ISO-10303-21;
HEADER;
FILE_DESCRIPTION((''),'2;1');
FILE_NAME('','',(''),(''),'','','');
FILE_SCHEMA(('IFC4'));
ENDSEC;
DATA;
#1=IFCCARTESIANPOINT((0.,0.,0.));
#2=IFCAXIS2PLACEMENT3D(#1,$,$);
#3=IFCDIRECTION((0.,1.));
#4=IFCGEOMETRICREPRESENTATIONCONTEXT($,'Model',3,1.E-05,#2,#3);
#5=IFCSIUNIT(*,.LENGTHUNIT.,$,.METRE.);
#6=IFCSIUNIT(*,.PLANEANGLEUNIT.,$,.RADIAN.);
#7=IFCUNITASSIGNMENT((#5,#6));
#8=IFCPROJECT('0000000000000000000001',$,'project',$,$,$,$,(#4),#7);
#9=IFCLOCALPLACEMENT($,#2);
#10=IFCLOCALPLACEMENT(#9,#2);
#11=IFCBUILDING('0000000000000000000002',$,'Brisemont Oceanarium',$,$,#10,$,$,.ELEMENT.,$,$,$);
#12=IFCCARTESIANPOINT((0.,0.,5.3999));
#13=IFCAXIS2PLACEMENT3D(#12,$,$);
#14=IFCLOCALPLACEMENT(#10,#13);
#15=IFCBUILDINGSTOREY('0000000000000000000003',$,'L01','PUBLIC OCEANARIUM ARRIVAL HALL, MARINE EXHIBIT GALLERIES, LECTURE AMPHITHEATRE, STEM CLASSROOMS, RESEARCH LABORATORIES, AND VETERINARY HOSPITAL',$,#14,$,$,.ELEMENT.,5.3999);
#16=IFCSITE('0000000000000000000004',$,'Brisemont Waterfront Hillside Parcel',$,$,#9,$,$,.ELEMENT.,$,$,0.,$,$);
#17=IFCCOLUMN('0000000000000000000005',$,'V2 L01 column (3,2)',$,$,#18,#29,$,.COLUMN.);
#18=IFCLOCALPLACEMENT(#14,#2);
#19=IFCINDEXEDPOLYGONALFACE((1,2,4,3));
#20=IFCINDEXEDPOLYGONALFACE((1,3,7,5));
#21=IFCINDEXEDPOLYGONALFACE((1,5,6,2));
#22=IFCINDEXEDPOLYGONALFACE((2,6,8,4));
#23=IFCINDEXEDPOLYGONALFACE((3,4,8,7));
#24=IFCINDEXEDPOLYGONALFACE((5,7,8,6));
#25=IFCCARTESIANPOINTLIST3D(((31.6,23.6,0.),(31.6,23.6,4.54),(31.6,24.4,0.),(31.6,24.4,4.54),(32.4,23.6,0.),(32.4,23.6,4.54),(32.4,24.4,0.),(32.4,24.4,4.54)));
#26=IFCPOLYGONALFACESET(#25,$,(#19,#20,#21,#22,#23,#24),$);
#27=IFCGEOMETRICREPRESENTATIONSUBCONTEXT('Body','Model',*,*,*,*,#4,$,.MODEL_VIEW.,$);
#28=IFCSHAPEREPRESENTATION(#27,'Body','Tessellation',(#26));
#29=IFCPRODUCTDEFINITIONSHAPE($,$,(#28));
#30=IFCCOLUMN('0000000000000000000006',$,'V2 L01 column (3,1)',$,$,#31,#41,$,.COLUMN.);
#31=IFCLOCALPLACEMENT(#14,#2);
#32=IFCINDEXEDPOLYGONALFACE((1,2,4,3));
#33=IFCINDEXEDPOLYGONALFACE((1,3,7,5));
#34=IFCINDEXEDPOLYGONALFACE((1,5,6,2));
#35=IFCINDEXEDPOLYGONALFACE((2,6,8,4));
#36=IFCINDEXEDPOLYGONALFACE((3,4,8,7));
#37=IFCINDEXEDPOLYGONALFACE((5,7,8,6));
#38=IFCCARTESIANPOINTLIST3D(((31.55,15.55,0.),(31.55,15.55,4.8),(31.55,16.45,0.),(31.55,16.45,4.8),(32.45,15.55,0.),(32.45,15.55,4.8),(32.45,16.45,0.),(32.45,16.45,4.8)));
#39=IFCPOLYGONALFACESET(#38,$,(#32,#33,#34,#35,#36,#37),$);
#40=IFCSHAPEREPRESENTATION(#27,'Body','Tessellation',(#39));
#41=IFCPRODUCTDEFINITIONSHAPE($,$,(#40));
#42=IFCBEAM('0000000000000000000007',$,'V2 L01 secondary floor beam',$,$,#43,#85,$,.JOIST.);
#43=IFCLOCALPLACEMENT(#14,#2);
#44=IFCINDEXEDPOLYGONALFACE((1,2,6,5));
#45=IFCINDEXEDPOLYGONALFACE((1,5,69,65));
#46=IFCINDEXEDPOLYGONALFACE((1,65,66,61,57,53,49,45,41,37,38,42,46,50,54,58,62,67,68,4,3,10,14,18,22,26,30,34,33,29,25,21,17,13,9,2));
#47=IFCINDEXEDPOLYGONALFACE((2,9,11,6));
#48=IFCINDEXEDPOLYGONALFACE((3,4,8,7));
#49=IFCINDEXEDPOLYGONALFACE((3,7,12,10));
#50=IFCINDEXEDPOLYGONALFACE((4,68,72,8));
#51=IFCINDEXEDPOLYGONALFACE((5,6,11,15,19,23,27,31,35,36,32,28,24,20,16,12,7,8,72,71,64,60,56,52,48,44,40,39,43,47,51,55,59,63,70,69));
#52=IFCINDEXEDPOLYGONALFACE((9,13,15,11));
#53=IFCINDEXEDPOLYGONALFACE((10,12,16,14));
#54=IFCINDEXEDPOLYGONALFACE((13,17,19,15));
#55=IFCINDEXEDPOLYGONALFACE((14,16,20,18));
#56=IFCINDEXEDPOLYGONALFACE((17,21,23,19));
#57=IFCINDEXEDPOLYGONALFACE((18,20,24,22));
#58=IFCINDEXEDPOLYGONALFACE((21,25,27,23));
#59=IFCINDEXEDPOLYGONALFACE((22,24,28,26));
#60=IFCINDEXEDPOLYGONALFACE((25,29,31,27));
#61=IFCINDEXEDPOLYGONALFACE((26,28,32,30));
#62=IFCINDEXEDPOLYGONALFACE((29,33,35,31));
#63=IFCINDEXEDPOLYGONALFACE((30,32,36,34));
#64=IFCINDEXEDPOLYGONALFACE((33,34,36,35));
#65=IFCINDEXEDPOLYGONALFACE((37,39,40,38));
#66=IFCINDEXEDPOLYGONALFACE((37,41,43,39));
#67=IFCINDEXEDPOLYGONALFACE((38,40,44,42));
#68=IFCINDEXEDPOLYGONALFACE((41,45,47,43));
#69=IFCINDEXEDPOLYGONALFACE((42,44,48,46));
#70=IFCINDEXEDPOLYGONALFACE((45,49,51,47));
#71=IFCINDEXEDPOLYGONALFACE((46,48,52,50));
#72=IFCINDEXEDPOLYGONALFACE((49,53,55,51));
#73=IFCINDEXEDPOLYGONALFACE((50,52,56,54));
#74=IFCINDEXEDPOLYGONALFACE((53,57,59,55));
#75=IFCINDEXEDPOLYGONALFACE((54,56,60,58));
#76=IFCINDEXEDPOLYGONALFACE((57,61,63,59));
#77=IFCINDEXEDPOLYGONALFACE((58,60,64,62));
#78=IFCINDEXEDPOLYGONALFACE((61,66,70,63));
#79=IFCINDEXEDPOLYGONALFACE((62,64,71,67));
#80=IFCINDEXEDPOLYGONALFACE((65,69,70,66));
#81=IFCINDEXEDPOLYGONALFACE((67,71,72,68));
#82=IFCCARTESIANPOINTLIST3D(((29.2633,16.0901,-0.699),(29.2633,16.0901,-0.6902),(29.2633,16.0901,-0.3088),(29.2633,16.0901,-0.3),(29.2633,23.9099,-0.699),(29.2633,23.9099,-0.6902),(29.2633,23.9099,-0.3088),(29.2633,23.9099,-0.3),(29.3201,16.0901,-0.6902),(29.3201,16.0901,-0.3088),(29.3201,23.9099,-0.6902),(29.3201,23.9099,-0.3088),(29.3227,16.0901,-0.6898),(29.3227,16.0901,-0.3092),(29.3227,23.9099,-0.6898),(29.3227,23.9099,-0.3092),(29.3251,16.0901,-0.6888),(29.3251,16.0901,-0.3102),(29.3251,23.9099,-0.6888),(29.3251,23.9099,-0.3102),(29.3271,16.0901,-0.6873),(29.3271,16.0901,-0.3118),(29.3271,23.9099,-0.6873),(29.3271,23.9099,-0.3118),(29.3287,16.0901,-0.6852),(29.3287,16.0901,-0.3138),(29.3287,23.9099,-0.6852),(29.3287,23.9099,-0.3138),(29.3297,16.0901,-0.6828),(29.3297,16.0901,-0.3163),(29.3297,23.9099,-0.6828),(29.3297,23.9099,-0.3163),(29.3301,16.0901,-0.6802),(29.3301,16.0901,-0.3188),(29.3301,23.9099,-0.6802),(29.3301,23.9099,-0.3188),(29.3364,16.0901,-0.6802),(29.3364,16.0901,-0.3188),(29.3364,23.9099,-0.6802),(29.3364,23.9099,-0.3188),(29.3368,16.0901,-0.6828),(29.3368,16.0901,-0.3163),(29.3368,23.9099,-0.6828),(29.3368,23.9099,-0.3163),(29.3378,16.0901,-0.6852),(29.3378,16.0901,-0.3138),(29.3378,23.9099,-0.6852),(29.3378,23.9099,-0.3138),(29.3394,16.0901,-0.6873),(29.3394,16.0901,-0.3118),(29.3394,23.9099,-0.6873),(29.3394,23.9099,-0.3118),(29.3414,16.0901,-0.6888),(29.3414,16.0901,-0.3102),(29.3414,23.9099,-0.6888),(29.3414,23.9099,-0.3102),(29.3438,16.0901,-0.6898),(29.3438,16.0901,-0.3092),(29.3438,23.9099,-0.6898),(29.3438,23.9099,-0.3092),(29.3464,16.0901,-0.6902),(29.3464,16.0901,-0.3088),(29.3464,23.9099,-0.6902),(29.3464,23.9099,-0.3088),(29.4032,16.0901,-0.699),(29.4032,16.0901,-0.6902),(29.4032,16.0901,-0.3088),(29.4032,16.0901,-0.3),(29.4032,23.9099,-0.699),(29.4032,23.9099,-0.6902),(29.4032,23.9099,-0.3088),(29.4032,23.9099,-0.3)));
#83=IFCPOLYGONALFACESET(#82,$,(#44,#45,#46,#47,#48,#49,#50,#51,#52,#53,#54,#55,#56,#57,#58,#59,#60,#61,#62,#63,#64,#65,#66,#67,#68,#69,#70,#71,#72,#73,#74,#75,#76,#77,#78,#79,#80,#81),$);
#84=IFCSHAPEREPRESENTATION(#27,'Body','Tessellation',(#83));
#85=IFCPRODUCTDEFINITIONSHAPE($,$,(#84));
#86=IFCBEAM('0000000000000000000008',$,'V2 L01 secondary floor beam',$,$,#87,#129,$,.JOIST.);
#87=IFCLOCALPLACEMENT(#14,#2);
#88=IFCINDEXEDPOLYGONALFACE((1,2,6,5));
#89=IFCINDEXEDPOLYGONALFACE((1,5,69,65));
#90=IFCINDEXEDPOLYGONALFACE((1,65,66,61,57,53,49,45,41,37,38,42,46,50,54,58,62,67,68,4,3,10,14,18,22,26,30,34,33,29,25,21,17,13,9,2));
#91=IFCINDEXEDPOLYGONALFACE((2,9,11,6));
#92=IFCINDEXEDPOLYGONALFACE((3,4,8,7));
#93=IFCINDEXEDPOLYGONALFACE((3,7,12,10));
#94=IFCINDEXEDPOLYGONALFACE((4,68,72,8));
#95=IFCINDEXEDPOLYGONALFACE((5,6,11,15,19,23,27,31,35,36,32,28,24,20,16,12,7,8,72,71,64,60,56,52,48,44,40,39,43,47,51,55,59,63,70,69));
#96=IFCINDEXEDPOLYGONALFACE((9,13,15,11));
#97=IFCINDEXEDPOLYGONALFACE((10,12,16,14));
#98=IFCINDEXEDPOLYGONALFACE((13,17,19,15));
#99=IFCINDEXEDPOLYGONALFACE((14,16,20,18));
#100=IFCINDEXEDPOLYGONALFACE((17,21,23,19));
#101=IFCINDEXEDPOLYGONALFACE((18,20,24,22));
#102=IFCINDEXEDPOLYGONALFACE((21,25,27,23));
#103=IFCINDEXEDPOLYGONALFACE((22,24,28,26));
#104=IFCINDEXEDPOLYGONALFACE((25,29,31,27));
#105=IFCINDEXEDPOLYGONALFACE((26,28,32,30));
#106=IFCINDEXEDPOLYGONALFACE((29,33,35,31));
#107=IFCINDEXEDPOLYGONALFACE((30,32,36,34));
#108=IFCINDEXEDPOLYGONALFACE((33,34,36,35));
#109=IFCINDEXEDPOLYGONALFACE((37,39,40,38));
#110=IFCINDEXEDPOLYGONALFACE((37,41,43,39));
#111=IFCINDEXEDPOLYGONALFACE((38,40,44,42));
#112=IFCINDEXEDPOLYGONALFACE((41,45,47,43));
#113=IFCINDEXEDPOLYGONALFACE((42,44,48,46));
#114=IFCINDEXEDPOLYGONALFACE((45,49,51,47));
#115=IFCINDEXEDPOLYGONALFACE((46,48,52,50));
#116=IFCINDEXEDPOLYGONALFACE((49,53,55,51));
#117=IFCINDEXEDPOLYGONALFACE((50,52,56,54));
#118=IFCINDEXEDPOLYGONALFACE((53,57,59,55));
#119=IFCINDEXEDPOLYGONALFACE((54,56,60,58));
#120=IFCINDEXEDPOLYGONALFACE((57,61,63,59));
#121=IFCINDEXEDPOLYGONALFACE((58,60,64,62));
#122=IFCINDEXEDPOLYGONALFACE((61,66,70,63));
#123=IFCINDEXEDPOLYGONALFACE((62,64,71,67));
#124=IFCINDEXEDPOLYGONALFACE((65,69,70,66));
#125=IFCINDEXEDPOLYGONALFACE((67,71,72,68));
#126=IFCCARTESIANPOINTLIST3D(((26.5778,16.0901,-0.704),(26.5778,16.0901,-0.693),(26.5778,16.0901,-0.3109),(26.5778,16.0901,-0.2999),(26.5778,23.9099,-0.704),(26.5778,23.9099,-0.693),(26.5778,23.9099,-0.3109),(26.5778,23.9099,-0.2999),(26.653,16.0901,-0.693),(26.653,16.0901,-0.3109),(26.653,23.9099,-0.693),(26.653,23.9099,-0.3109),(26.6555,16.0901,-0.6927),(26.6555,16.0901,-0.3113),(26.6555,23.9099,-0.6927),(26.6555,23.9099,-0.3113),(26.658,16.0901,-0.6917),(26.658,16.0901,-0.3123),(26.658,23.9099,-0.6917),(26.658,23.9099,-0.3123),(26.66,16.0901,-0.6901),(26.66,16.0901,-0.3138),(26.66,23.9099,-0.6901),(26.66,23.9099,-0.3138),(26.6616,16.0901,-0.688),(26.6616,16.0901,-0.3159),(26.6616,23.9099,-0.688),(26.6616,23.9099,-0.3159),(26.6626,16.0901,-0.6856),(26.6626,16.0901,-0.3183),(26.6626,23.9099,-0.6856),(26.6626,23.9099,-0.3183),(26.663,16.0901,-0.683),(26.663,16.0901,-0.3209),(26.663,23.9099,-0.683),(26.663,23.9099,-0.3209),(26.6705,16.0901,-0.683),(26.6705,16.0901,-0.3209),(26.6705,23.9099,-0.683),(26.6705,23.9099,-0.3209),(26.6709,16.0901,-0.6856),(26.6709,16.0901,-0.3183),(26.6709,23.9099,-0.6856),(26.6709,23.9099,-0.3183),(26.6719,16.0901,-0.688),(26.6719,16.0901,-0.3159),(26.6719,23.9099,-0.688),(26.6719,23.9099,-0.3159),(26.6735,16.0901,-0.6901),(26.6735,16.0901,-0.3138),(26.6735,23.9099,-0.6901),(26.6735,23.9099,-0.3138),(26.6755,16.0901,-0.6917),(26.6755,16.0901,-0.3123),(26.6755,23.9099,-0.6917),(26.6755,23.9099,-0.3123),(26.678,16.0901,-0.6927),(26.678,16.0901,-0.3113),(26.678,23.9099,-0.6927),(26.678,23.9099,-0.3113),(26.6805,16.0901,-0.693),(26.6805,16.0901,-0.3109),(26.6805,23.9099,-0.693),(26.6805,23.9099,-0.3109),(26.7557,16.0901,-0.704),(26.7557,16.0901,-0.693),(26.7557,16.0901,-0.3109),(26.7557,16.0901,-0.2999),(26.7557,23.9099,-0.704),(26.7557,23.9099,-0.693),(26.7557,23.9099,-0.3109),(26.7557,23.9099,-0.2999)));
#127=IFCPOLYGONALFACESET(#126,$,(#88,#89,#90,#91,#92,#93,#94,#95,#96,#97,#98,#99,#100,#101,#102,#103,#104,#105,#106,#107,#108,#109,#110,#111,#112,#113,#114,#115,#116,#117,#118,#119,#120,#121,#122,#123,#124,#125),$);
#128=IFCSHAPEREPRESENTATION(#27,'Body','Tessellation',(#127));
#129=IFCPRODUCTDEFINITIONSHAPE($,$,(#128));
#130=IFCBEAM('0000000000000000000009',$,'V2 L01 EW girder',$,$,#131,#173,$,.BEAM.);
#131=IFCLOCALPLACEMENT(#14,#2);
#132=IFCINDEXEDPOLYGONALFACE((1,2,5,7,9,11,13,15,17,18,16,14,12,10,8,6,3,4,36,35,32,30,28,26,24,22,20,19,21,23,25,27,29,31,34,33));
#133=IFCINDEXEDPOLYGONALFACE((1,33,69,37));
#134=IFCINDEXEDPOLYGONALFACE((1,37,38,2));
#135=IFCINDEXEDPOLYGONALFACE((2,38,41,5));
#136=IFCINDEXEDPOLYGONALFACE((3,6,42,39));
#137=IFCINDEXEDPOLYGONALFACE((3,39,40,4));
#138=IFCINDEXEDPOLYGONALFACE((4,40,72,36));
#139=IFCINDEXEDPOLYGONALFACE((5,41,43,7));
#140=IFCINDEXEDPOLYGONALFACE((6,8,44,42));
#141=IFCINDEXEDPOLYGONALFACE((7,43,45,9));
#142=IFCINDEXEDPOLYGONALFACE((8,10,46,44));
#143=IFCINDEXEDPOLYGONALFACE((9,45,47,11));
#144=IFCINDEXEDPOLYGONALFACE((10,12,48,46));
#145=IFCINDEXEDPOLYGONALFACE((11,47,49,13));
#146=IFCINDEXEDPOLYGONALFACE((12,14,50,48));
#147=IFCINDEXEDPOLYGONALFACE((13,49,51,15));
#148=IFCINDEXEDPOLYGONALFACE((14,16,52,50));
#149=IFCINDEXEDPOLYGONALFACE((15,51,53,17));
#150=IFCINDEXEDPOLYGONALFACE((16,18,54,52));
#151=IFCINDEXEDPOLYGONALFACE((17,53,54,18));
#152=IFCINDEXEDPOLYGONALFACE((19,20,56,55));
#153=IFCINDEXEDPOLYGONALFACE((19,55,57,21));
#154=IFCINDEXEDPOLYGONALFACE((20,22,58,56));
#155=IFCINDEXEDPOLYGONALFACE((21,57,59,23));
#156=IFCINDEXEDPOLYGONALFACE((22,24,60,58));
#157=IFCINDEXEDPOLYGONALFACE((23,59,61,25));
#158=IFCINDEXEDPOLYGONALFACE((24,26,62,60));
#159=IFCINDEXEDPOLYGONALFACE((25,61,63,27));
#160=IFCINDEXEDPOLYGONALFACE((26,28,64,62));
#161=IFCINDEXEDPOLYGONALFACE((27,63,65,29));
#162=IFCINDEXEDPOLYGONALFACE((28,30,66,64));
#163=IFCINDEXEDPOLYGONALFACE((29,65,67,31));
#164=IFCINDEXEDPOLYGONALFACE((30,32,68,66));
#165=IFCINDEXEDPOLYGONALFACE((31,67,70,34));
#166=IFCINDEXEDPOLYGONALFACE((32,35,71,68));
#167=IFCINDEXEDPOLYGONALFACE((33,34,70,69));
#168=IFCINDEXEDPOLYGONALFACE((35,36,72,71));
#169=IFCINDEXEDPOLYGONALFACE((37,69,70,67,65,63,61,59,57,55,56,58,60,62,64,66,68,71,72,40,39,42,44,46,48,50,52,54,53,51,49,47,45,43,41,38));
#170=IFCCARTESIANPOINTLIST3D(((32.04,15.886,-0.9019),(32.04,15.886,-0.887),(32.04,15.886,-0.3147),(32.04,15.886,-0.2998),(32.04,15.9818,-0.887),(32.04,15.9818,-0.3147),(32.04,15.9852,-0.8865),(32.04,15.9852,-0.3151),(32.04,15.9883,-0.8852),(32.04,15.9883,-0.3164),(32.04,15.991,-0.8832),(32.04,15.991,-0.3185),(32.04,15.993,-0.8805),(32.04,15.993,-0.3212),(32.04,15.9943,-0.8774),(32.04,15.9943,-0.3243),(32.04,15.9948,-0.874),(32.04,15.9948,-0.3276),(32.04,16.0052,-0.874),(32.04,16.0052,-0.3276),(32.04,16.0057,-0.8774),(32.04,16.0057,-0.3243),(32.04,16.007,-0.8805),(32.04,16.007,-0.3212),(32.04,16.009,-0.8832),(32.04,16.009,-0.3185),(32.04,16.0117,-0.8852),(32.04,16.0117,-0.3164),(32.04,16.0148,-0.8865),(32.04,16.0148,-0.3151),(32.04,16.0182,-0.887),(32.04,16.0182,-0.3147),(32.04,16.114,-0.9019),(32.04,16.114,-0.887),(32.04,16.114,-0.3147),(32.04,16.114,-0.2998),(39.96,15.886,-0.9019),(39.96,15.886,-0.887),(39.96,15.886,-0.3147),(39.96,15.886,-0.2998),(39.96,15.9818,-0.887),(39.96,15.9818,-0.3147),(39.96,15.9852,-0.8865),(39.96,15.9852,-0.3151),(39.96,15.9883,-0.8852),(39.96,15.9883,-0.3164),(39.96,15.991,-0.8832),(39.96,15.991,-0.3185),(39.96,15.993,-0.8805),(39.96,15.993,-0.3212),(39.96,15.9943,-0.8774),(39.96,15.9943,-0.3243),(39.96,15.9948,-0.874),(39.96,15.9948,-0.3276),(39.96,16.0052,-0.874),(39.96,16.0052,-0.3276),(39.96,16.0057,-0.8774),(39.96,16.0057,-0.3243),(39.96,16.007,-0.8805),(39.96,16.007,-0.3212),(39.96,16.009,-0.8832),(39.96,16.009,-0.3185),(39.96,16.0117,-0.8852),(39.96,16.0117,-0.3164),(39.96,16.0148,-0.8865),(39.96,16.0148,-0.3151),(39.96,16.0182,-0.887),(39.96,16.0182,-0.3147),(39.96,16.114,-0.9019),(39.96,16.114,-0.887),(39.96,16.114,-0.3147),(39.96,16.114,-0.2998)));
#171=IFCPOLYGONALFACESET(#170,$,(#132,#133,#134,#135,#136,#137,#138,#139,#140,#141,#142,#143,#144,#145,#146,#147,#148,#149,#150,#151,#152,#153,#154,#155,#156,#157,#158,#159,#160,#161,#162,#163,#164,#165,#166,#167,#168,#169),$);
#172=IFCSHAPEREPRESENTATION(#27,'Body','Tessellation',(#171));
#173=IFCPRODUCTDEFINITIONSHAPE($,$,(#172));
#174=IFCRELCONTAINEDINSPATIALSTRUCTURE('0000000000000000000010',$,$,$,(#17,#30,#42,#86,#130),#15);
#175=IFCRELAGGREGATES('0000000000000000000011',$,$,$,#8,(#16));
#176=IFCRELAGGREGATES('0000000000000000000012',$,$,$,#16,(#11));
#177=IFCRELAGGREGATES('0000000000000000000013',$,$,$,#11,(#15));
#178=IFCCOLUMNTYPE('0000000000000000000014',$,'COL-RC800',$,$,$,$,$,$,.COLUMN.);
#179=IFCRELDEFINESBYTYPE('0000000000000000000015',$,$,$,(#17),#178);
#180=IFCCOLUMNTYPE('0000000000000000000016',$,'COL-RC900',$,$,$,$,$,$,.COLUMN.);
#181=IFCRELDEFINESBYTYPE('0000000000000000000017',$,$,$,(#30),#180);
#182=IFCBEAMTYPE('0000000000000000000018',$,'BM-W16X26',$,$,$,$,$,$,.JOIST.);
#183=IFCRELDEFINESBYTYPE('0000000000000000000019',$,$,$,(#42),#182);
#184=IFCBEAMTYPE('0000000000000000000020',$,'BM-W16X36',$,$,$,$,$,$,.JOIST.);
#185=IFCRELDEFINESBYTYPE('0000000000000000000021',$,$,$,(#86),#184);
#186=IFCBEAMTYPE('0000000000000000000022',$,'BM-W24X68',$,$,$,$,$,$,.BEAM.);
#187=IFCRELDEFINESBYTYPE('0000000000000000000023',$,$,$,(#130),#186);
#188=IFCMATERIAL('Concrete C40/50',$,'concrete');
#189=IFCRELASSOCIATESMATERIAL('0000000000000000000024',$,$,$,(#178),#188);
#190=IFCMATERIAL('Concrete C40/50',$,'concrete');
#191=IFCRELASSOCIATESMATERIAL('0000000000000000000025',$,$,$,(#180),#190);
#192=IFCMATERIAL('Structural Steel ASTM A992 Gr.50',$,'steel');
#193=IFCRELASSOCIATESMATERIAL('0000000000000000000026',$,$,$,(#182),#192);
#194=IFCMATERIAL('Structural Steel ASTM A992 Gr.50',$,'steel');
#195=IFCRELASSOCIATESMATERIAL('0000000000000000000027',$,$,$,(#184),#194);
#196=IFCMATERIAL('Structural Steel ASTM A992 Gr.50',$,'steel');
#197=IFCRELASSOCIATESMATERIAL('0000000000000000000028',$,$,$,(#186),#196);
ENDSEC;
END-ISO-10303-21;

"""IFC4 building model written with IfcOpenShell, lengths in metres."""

from ifc_helpers import new_model, si_unit, direction, frame, origin, origin_2d, place, context, subcontext, project, spatial, rectangle, i_section, extrude, material, material_profile, profile_set, type_object, element, save


model = new_model("IFC4")

# Units and contexts
model_context = context("Model", 3, precision=1e-05, world=origin(), true_north=direction((0.0, 1.0)))
body_context = subcontext(model_context, "Body", "Model", "MODEL_VIEW")
ifc_project = project(units=[si_unit("LENGTHUNIT", "METRE"), si_unit("PLANEANGLEUNIT", "RADIAN")], contexts=[model_context])

# Site, building, storey
site_placement = place(None, origin())
site = spatial("IfcSite", under=ifc_project, at=site_placement, Name="Brisemont Waterfront Hillside Parcel", CompositionType="ELEMENT", RefElevation=0.0)
building_placement = place(site_placement, origin())
building = spatial("IfcBuilding", under=site, at=building_placement, Name="Brisemont Oceanarium", CompositionType="ELEMENT")
storey_placement = place(building_placement, frame((0.0, 0.0, 5.3999)))
storey = spatial("IfcBuildingStorey", under=building, at=storey_placement, Name="L01", Description="PUBLIC OCEANARIUM ARRIVAL HALL, MARINE EXHIBIT GALLERIES, LECTURE AMPHITHEATRE, STEM CLASSROOMS, RESEARCH LABORATORIES, AND VETERINARY HOSPITAL", CompositionType="ELEMENT", Elevation=5.3999)

# Columns
ifc_material_1 = material(Name="Concrete C40/50", Category="concrete")
ifc_material_profile_1 = material_profile(ifc_material_1, rectangle(XDim=0.8, YDim=0.8, at=origin_2d()), Name="RC-COL-800X800")
ifc_profile_set_1 = profile_set([ifc_material_profile_1], Name="Concrete C40/50")
column_type_1 = type_object("IfcColumnType", Name="COL-RC800", PredefinedType="COLUMN", material=ifc_profile_set_1)
column_1_placement = place(storey_placement, frame((32.0, 24.0, 0.0), z_axis=(0.0, 0.0, 1.0), x_axis=(0.0, 1.0, 0.0)))
element("IfcColumn", 1, at=column_1_placement, inside=storey, type_object=column_type_1, Name="V2 L01 column (3,2)", PredefinedType="COLUMN", context=body_context, shape_type="SweptSolid", body=[
    extrude(rectangle(XDim=0.8, YDim=0.8, at=origin_2d()), origin(), (0.0, 0.0, 1.0), 4.54),
])
ifc_material_2 = material(Name="Concrete C40/50", Category="concrete")
ifc_material_profile_2 = material_profile(ifc_material_2, rectangle(XDim=0.8999, YDim=0.8999, at=origin_2d()), Name="RC-COL-900X900")
ifc_profile_set_2 = profile_set([ifc_material_profile_2], Name="Concrete C40/50")
column_type_2 = type_object("IfcColumnType", Name="COL-RC900", PredefinedType="COLUMN", material=ifc_profile_set_2)
column_2_placement = place(storey_placement, frame((32.0, 16.0, 0.0), z_axis=(0.0, 0.0, 1.0), x_axis=(1.0, 0.0, 0.0)))
element("IfcColumn", 2, at=column_2_placement, inside=storey, type_object=column_type_2, Name="V2 L01 column (3,1)", PredefinedType="COLUMN", context=body_context, shape_type="SweptSolid", body=[
    extrude(rectangle(XDim=0.8999, YDim=0.8999, at=origin_2d()), origin(), (0.0, 0.0, 1.0), 4.8),
])

# Beams
ifc_material_3 = material(Name="Structural Steel ASTM A992 Gr.50", Category="steel")
ifc_material_profile_3 = material_profile(ifc_material_3, i_section(OverallWidth=0.1399, OverallDepth=0.3989, WebThickness=0.0063, FlangeThickness=0.0088, FilletRadius=0.01, at=origin_2d()), Name="W16X26")
ifc_profile_set_3 = profile_set([ifc_material_profile_3], Name="Structural Steel ASTM A992 Gr.50")
beam_type_1 = type_object("IfcBeamType", Name="BM-W16X26", PredefinedType="JOIST", material=ifc_profile_set_3)
beam_1_placement = place(storey_placement, frame((29.3333, 16.0901, -0.4995), z_axis=(0.0, 1.0, 0.0), x_axis=(-1.0, 0.0, 0.0)))
element("IfcBeam", 3, at=beam_1_placement, inside=storey, type_object=beam_type_1, Name="V2 L01 secondary floor beam", PredefinedType="JOIST", context=body_context, shape_type="SweptSolid", body=[
    extrude(i_section(OverallWidth=0.1399, OverallDepth=0.3989, WebThickness=0.0063, FlangeThickness=0.0088, FilletRadius=0.01, at=origin_2d()), origin(), (0.0, 0.0, 1.0), 7.8198),
])
ifc_material_4 = material(Name="Structural Steel ASTM A992 Gr.50", Category="steel")
ifc_material_profile_4 = material_profile(ifc_material_4, i_section(OverallWidth=0.178, OverallDepth=0.4041, WebThickness=0.0076, FlangeThickness=0.011, FilletRadius=0.01, at=origin_2d()), Name="W16X36")
ifc_profile_set_4 = profile_set([ifc_material_profile_4], Name="Structural Steel ASTM A992 Gr.50")
beam_type_2 = type_object("IfcBeamType", Name="BM-W16X36", PredefinedType="JOIST", material=ifc_profile_set_4)
beam_2_placement = place(storey_placement, frame((26.6667, 16.0901, -0.502), z_axis=(0.0, 1.0, 0.0), x_axis=(-1.0, 0.0, 0.0)))
element("IfcBeam", 4, at=beam_2_placement, inside=storey, type_object=beam_type_2, Name="V2 L01 secondary floor beam", PredefinedType="JOIST", context=body_context, shape_type="SweptSolid", body=[
    extrude(i_section(OverallWidth=0.178, OverallDepth=0.4041, WebThickness=0.0076, FlangeThickness=0.011, FilletRadius=0.01, at=origin_2d()), origin(), (0.0, 0.0, 1.0), 7.8198),
])
ifc_material_5 = material(Name="Structural Steel ASTM A992 Gr.50", Category="steel")
ifc_material_profile_5 = material_profile(ifc_material_5, i_section(OverallWidth=0.228, OverallDepth=0.6021, WebThickness=0.0105, FlangeThickness=0.0149, FilletRadius=0.0129, at=origin_2d()), Name="W24X68")
ifc_profile_set_5 = profile_set([ifc_material_profile_5], Name="Structural Steel ASTM A992 Gr.50")
beam_type_3 = type_object("IfcBeamType", Name="BM-W24X68", PredefinedType="BEAM", material=ifc_profile_set_5)
beam_3_placement = place(storey_placement, frame((32.04, 16.0, -0.6008), z_axis=(1.0, 0.0, 0.0), x_axis=(0.0, 1.0, 0.0)))
element("IfcBeam", 5, at=beam_3_placement, inside=storey, type_object=beam_type_3, Name="V2 L01 EW girder", PredefinedType="BEAM", context=body_context, shape_type="SweptSolid", body=[
    extrude(i_section(OverallWidth=0.228, OverallDepth=0.6021, WebThickness=0.0105, FlangeThickness=0.0149, FilletRadius=0.0129, at=origin_2d()), origin(), (0.0, 0.0, 1.0), 7.9199),
])

save(model, "model.ifc")
